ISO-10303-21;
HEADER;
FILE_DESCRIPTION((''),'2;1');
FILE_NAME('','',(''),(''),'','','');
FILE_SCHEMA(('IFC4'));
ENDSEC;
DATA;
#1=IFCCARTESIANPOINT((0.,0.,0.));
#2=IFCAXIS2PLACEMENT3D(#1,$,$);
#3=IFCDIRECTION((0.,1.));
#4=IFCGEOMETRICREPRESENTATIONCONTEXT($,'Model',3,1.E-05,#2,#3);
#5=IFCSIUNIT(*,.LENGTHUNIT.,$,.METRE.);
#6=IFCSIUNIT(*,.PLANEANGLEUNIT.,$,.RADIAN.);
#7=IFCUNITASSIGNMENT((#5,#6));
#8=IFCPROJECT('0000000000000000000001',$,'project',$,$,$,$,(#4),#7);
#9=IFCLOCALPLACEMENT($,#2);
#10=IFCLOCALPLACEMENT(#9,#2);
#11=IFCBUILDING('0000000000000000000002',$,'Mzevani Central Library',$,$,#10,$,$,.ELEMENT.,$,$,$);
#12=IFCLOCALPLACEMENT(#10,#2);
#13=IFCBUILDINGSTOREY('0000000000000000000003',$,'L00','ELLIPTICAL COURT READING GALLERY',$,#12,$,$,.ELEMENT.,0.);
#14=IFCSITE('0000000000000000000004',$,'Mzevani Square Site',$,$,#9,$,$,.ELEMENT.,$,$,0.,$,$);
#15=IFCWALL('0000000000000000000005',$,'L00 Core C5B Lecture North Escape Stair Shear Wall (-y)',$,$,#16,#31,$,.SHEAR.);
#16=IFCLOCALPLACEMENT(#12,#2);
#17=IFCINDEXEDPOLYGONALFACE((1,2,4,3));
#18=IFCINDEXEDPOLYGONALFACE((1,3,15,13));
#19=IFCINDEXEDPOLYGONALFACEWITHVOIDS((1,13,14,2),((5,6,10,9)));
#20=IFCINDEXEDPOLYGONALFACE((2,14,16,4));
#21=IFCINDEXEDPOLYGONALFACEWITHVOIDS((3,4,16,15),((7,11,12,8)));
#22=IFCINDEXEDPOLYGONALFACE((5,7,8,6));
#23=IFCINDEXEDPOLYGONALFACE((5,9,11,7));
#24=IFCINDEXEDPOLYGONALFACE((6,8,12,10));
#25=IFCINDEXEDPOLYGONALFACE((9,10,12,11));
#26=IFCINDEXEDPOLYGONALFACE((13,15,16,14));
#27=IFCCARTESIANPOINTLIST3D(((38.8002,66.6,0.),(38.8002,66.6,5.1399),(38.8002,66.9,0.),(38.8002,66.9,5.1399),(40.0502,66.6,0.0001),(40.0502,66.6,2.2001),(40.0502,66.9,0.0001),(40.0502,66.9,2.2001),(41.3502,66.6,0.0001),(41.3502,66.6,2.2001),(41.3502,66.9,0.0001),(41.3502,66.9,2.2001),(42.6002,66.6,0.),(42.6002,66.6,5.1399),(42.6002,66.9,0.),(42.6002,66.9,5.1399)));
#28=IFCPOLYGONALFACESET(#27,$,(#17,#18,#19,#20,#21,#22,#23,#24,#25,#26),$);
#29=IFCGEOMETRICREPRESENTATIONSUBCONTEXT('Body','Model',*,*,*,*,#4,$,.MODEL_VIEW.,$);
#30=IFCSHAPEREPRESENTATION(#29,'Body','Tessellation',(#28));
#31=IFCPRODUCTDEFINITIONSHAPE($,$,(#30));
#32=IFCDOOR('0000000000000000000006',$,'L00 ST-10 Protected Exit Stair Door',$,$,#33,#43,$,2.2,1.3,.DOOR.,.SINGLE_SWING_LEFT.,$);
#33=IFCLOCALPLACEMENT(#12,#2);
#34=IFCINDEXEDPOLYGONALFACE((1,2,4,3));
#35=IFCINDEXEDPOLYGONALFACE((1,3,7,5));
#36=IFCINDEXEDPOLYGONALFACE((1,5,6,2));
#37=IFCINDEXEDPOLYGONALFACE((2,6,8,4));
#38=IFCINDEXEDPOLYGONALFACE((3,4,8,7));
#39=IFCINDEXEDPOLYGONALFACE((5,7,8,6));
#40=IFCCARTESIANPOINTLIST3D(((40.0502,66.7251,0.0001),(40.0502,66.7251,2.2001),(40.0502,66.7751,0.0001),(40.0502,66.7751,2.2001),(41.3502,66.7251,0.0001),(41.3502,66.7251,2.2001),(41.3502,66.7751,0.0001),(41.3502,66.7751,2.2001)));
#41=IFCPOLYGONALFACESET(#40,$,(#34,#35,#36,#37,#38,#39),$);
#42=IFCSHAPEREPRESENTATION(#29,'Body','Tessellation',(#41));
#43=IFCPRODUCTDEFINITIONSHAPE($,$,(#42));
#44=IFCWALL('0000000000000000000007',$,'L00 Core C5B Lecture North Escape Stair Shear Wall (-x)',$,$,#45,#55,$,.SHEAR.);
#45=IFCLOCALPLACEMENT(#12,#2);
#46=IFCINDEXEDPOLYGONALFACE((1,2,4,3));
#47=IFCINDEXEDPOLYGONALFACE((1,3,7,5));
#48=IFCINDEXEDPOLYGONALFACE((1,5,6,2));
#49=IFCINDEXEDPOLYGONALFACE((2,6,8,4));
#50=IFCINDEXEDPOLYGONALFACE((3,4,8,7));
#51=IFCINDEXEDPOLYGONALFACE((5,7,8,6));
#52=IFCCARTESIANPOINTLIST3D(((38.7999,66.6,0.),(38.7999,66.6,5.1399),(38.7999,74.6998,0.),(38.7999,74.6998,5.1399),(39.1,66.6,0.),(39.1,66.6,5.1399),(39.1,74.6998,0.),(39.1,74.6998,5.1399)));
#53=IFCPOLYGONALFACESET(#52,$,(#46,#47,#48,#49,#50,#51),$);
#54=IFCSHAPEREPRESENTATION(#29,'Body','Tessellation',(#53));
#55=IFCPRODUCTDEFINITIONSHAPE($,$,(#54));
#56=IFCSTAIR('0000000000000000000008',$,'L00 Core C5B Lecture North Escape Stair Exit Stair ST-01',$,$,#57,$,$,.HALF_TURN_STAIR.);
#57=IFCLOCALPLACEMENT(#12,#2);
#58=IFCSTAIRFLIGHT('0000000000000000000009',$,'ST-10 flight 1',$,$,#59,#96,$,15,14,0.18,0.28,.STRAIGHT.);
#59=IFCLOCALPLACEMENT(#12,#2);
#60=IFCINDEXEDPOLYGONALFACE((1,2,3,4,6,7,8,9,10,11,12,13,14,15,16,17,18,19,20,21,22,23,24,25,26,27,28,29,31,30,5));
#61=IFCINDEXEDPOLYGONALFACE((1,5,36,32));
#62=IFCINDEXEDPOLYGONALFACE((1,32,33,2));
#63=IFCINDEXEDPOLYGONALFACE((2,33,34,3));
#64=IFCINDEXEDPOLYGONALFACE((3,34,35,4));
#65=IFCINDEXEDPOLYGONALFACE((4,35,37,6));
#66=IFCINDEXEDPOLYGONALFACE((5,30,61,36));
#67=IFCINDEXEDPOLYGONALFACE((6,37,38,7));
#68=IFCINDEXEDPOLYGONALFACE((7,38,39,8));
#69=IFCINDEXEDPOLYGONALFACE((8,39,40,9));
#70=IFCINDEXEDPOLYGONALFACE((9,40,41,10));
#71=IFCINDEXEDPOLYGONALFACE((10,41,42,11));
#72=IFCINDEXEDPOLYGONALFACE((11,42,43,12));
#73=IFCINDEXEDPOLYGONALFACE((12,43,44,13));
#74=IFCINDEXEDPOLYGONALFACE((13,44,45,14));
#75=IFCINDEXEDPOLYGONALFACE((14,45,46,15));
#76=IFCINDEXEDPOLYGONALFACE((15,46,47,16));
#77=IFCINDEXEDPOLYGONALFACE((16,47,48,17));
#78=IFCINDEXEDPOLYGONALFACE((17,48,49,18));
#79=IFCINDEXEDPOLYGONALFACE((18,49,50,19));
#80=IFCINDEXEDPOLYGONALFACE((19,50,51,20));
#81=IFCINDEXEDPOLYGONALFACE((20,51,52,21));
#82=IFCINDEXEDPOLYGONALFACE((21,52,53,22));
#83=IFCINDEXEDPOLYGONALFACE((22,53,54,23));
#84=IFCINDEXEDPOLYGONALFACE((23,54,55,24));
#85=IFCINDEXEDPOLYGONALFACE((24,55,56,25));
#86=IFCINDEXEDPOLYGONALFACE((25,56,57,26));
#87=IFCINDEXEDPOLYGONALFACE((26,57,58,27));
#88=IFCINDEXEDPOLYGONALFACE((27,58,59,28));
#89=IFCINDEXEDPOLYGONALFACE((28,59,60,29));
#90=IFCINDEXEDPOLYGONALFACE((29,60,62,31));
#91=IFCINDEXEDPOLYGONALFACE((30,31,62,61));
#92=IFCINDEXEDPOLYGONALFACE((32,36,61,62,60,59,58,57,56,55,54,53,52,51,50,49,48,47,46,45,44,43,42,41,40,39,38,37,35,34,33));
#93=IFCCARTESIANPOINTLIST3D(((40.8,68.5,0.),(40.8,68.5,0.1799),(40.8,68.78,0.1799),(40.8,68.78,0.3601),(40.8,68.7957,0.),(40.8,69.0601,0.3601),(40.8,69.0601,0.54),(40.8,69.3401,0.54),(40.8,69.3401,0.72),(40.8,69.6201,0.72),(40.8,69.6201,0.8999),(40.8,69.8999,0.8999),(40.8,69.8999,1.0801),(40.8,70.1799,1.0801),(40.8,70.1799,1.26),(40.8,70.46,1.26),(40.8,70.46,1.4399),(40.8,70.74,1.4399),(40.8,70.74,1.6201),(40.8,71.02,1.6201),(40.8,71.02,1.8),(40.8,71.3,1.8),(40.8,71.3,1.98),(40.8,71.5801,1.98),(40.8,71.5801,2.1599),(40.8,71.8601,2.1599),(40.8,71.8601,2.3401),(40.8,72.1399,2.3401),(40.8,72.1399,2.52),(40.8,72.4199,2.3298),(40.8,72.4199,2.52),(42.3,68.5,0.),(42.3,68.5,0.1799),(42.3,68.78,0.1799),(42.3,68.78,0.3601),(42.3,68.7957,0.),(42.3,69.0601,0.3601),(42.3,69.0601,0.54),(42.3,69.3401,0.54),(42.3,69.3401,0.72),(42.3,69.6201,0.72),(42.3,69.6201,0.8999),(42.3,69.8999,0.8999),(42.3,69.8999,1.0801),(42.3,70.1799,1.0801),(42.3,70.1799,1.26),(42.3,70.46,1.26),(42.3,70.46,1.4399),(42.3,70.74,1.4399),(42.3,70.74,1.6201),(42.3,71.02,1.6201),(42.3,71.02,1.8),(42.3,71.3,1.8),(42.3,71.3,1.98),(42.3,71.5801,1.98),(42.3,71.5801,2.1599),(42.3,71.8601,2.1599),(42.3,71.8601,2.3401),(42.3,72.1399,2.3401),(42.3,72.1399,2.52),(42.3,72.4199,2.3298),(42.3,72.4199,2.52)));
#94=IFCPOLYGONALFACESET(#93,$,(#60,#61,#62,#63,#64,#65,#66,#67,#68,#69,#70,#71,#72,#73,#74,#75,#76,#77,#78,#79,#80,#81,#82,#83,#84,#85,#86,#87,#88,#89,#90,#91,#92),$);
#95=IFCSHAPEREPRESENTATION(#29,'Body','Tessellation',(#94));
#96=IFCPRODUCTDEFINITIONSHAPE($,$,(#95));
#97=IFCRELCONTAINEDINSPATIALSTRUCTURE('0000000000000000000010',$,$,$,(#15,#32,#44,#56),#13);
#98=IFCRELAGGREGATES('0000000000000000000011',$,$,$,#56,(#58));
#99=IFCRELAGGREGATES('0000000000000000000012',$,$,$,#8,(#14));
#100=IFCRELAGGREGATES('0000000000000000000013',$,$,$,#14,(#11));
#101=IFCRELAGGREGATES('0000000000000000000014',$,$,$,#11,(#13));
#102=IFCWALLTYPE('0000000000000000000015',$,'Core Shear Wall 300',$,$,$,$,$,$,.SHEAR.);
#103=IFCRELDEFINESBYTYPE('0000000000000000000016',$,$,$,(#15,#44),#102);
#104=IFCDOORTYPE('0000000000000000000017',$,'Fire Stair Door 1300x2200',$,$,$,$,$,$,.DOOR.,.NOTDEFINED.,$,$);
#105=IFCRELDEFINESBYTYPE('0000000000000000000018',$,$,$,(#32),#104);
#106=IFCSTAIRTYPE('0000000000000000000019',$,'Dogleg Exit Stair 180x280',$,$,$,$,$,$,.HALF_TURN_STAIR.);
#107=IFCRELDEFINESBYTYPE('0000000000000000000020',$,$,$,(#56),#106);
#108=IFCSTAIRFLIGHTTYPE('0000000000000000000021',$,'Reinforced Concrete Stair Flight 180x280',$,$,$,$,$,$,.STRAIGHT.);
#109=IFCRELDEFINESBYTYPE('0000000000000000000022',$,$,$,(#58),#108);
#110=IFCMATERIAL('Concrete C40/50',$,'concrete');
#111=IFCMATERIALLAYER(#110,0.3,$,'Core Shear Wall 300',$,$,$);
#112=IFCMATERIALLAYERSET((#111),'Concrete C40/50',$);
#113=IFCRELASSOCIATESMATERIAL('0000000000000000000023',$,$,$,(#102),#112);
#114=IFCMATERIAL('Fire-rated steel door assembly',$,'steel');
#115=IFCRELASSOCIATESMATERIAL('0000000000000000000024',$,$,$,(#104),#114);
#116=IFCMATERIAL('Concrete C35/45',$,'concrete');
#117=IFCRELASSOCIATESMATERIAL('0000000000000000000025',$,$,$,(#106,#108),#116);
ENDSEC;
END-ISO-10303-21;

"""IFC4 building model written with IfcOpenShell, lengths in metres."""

from ifc_helpers import new_model, si_unit, direction, frame, frame_2d, origin, place, context, subcontext, project, spatial, polyline, rectangle, outline, extrude, material, layer, layer_set, type_object, element, fill, aggregate, save


model = new_model("IFC4")

# Units and contexts
model_context = context("Model", 3, precision=1e-05, world=origin(), true_north=direction((0.0, 1.0)))
body_context = subcontext(model_context, "Body", "Model", "MODEL_VIEW")
ifc_project = project(units=[si_unit("LENGTHUNIT", "METRE"), si_unit("PLANEANGLEUNIT", "RADIAN")], contexts=[model_context])

# Site, building, storey
site_placement = place(None, origin())
site = spatial("IfcSite", under=ifc_project, at=site_placement, Name="Mzevani Square Site", CompositionType="ELEMENT", RefElevation=0.0)
building_placement = place(site_placement, origin())
building = spatial("IfcBuilding", under=site, at=building_placement, Name="Mzevani Central Library", CompositionType="ELEMENT")
storey_placement = place(building_placement, origin())
storey = spatial("IfcBuildingStorey", under=building, at=storey_placement, Name="L00", Description="ELLIPTICAL COURT READING GALLERY", CompositionType="ELEMENT", Elevation=0.0)

# Shared definitions
ifc_material_1 = material(Name="Concrete C40/50", Category="concrete")

# Shared definitions
ifc_material_2 = material(Name="Concrete C35/45", Category="concrete")

# Shared definitions
ifc_material_3 = material(Name="Fire-rated steel door assembly", Category="steel")

# Wall, opening, door
ifc_layer_1 = layer(ifc_material_1, 0.3, Name="Core Shear Wall 300")
ifc_layer_set_1 = layer_set([ifc_layer_1], Name="Concrete C40/50")
wall_type_1 = type_object("IfcWallType", Name="Core Shear Wall 300", PredefinedType="SHEAR", material=ifc_layer_set_1)
wall_1_placement = place(storey_placement, frame((42.6001, 66.75, 0.0), z_axis=(0.0, 0.0, 1.0), x_axis=(-1.0, 0.0, 0.0)))
wall_1 = element("IfcWall", 1, at=wall_1_placement, inside=storey, type_object=wall_type_1, Name="L00 Core C5B Lecture North Escape Stair Shear Wall (-y)", PredefinedType="SHEAR", context=body_context, shape_type="SweptSolid", body=[
    extrude(rectangle(XDim=3.8, YDim=0.3, at=frame_2d((1.8999, 0.0))), origin(), (0.0, 0.0, 1.0), 5.1399),
])
opening_1_placement = place(wall_1_placement, frame((1.25, 0.0, 0.0)))
opening_1 = element("IfcOpeningElement", 2, at=opening_1_placement, cuts=wall_1, PredefinedType="OPENING", context=body_context, shape_type="SweptSolid", body=[
    extrude(rectangle(XDim=1.3, YDim=2.2, at=frame_2d((0.6499, 1.1001))), frame((0.0, 0.1602, 0.0), z_axis=(0.0, -1.0, 0.0), x_axis=(1.0, 0.0, 0.0)), (0.0, 0.0, 1.0), 0.3201),
])
door_type_1 = type_object("IfcDoorType", Name="Fire Stair Door 1300x2200", OperationType="NOTDEFINED", PredefinedType="DOOR", material=ifc_material_3)
door_1_placement = place(opening_1_placement, origin())
door_1 = element("IfcDoor", 3, at=door_1_placement, inside=storey, type_object=door_type_1, Name="L00 ST-10 Protected Exit Stair Door", OperationType="SINGLE_SWING_LEFT", OverallHeight=2.2, OverallWidth=1.3, PredefinedType="DOOR", context=body_context, shape_type="SweptSolid", body=[
    extrude(rectangle(XDim=1.3, YDim=2.2, at=frame_2d((0.6499, 1.1001))), frame((0.0, 0.0249, 0.0), z_axis=(0.0, -1.0, 0.0), x_axis=(1.0, 0.0, 0.0)), (0.0, 0.0, 1.0), 0.05),
])
fill(opening_1, door_1)

# Wall
wall_2_placement = place(storey_placement, frame((38.95, 66.6001, 0.0), z_axis=(0.0, 0.0, 1.0), x_axis=(0.0, 1.0, 0.0)))
element("IfcWall", 4, at=wall_2_placement, inside=storey, type_object=wall_type_1, Name="L00 Core C5B Lecture North Escape Stair Shear Wall (-x)", PredefinedType="SHEAR", context=body_context, shape_type="SweptSolid", body=[
    extrude(rectangle(XDim=8.0999, YDim=0.3, at=frame_2d((4.0498, 0.0))), origin(), (0.0, 0.0, 1.0), 5.1399),
])

# Stair, stair flight
stair_type = type_object("IfcStairType", Name="Dogleg Exit Stair 180x280", PredefinedType="HALF_TURN_STAIR", material=ifc_material_2)
stair_placement = place(storey_placement, origin())
stair = element("IfcStair", 5, at=stair_placement, inside=storey, type_object=stair_type, Name="L00 Core C5B Lecture North Escape Stair Exit Stair ST-01", PredefinedType="HALF_TURN_STAIR")
stair_flight_type = type_object("IfcStairFlightType", Name="Reinforced Concrete Stair Flight 180x280", PredefinedType="STRAIGHT", material=ifc_material_2)
stair_flight_placement = place(storey_placement, frame((41.55, 68.5, 0.0), z_axis=(0.0, 0.0, 1.0), x_axis=(0.0, 1.0, 0.0)))
stair_flight = element("IfcStairFlight", 6, at=stair_flight_placement, type_object=stair_flight_type, Name="ST-10 flight 1", NumberOfRisers=15, NumberOfTreads=14, PredefinedType="STRAIGHT", RiserHeight=0.18, TreadLength=0.28, context=body_context, shape_type="SweptSolid", body=[
    extrude(outline(polyline([(0.0, 0.0), (0.0, 0.1799), (0.28, 0.1799), (0.28, 0.3601), (0.5601, 0.3601), (0.5601, 0.54), (0.8401, 0.54), (0.8401, 0.72), (1.1201, 0.72), (1.1201, 0.8999), (1.3999, 0.8999), (1.3999, 1.0801), (1.6799, 1.0801), (1.6799, 1.26), (1.96, 1.26), (1.96, 1.4399), (2.24, 1.4399), (2.24, 1.6201), (2.52, 1.6201), (2.52, 1.8), (2.8, 1.8), (2.8, 1.98), (3.0801, 1.98), (3.0801, 2.1599), (3.3601, 2.1599), (3.3601, 2.3401), (3.6399, 2.3401), (3.6399, 2.52), (3.9199, 2.52), (3.9199, 2.7), (3.9199, 2.3298), (0.2957, 0.0), (0.0, 0.0)])), frame((0.0, 0.75, 0.0), z_axis=(0.0, -1.0, 0.0), x_axis=(1.0, 0.0, 0.0)), (0.0, 0.0, 1.0), 1.5),
])
aggregate(stair, [stair_flight])

save(model, "model.ifc")
